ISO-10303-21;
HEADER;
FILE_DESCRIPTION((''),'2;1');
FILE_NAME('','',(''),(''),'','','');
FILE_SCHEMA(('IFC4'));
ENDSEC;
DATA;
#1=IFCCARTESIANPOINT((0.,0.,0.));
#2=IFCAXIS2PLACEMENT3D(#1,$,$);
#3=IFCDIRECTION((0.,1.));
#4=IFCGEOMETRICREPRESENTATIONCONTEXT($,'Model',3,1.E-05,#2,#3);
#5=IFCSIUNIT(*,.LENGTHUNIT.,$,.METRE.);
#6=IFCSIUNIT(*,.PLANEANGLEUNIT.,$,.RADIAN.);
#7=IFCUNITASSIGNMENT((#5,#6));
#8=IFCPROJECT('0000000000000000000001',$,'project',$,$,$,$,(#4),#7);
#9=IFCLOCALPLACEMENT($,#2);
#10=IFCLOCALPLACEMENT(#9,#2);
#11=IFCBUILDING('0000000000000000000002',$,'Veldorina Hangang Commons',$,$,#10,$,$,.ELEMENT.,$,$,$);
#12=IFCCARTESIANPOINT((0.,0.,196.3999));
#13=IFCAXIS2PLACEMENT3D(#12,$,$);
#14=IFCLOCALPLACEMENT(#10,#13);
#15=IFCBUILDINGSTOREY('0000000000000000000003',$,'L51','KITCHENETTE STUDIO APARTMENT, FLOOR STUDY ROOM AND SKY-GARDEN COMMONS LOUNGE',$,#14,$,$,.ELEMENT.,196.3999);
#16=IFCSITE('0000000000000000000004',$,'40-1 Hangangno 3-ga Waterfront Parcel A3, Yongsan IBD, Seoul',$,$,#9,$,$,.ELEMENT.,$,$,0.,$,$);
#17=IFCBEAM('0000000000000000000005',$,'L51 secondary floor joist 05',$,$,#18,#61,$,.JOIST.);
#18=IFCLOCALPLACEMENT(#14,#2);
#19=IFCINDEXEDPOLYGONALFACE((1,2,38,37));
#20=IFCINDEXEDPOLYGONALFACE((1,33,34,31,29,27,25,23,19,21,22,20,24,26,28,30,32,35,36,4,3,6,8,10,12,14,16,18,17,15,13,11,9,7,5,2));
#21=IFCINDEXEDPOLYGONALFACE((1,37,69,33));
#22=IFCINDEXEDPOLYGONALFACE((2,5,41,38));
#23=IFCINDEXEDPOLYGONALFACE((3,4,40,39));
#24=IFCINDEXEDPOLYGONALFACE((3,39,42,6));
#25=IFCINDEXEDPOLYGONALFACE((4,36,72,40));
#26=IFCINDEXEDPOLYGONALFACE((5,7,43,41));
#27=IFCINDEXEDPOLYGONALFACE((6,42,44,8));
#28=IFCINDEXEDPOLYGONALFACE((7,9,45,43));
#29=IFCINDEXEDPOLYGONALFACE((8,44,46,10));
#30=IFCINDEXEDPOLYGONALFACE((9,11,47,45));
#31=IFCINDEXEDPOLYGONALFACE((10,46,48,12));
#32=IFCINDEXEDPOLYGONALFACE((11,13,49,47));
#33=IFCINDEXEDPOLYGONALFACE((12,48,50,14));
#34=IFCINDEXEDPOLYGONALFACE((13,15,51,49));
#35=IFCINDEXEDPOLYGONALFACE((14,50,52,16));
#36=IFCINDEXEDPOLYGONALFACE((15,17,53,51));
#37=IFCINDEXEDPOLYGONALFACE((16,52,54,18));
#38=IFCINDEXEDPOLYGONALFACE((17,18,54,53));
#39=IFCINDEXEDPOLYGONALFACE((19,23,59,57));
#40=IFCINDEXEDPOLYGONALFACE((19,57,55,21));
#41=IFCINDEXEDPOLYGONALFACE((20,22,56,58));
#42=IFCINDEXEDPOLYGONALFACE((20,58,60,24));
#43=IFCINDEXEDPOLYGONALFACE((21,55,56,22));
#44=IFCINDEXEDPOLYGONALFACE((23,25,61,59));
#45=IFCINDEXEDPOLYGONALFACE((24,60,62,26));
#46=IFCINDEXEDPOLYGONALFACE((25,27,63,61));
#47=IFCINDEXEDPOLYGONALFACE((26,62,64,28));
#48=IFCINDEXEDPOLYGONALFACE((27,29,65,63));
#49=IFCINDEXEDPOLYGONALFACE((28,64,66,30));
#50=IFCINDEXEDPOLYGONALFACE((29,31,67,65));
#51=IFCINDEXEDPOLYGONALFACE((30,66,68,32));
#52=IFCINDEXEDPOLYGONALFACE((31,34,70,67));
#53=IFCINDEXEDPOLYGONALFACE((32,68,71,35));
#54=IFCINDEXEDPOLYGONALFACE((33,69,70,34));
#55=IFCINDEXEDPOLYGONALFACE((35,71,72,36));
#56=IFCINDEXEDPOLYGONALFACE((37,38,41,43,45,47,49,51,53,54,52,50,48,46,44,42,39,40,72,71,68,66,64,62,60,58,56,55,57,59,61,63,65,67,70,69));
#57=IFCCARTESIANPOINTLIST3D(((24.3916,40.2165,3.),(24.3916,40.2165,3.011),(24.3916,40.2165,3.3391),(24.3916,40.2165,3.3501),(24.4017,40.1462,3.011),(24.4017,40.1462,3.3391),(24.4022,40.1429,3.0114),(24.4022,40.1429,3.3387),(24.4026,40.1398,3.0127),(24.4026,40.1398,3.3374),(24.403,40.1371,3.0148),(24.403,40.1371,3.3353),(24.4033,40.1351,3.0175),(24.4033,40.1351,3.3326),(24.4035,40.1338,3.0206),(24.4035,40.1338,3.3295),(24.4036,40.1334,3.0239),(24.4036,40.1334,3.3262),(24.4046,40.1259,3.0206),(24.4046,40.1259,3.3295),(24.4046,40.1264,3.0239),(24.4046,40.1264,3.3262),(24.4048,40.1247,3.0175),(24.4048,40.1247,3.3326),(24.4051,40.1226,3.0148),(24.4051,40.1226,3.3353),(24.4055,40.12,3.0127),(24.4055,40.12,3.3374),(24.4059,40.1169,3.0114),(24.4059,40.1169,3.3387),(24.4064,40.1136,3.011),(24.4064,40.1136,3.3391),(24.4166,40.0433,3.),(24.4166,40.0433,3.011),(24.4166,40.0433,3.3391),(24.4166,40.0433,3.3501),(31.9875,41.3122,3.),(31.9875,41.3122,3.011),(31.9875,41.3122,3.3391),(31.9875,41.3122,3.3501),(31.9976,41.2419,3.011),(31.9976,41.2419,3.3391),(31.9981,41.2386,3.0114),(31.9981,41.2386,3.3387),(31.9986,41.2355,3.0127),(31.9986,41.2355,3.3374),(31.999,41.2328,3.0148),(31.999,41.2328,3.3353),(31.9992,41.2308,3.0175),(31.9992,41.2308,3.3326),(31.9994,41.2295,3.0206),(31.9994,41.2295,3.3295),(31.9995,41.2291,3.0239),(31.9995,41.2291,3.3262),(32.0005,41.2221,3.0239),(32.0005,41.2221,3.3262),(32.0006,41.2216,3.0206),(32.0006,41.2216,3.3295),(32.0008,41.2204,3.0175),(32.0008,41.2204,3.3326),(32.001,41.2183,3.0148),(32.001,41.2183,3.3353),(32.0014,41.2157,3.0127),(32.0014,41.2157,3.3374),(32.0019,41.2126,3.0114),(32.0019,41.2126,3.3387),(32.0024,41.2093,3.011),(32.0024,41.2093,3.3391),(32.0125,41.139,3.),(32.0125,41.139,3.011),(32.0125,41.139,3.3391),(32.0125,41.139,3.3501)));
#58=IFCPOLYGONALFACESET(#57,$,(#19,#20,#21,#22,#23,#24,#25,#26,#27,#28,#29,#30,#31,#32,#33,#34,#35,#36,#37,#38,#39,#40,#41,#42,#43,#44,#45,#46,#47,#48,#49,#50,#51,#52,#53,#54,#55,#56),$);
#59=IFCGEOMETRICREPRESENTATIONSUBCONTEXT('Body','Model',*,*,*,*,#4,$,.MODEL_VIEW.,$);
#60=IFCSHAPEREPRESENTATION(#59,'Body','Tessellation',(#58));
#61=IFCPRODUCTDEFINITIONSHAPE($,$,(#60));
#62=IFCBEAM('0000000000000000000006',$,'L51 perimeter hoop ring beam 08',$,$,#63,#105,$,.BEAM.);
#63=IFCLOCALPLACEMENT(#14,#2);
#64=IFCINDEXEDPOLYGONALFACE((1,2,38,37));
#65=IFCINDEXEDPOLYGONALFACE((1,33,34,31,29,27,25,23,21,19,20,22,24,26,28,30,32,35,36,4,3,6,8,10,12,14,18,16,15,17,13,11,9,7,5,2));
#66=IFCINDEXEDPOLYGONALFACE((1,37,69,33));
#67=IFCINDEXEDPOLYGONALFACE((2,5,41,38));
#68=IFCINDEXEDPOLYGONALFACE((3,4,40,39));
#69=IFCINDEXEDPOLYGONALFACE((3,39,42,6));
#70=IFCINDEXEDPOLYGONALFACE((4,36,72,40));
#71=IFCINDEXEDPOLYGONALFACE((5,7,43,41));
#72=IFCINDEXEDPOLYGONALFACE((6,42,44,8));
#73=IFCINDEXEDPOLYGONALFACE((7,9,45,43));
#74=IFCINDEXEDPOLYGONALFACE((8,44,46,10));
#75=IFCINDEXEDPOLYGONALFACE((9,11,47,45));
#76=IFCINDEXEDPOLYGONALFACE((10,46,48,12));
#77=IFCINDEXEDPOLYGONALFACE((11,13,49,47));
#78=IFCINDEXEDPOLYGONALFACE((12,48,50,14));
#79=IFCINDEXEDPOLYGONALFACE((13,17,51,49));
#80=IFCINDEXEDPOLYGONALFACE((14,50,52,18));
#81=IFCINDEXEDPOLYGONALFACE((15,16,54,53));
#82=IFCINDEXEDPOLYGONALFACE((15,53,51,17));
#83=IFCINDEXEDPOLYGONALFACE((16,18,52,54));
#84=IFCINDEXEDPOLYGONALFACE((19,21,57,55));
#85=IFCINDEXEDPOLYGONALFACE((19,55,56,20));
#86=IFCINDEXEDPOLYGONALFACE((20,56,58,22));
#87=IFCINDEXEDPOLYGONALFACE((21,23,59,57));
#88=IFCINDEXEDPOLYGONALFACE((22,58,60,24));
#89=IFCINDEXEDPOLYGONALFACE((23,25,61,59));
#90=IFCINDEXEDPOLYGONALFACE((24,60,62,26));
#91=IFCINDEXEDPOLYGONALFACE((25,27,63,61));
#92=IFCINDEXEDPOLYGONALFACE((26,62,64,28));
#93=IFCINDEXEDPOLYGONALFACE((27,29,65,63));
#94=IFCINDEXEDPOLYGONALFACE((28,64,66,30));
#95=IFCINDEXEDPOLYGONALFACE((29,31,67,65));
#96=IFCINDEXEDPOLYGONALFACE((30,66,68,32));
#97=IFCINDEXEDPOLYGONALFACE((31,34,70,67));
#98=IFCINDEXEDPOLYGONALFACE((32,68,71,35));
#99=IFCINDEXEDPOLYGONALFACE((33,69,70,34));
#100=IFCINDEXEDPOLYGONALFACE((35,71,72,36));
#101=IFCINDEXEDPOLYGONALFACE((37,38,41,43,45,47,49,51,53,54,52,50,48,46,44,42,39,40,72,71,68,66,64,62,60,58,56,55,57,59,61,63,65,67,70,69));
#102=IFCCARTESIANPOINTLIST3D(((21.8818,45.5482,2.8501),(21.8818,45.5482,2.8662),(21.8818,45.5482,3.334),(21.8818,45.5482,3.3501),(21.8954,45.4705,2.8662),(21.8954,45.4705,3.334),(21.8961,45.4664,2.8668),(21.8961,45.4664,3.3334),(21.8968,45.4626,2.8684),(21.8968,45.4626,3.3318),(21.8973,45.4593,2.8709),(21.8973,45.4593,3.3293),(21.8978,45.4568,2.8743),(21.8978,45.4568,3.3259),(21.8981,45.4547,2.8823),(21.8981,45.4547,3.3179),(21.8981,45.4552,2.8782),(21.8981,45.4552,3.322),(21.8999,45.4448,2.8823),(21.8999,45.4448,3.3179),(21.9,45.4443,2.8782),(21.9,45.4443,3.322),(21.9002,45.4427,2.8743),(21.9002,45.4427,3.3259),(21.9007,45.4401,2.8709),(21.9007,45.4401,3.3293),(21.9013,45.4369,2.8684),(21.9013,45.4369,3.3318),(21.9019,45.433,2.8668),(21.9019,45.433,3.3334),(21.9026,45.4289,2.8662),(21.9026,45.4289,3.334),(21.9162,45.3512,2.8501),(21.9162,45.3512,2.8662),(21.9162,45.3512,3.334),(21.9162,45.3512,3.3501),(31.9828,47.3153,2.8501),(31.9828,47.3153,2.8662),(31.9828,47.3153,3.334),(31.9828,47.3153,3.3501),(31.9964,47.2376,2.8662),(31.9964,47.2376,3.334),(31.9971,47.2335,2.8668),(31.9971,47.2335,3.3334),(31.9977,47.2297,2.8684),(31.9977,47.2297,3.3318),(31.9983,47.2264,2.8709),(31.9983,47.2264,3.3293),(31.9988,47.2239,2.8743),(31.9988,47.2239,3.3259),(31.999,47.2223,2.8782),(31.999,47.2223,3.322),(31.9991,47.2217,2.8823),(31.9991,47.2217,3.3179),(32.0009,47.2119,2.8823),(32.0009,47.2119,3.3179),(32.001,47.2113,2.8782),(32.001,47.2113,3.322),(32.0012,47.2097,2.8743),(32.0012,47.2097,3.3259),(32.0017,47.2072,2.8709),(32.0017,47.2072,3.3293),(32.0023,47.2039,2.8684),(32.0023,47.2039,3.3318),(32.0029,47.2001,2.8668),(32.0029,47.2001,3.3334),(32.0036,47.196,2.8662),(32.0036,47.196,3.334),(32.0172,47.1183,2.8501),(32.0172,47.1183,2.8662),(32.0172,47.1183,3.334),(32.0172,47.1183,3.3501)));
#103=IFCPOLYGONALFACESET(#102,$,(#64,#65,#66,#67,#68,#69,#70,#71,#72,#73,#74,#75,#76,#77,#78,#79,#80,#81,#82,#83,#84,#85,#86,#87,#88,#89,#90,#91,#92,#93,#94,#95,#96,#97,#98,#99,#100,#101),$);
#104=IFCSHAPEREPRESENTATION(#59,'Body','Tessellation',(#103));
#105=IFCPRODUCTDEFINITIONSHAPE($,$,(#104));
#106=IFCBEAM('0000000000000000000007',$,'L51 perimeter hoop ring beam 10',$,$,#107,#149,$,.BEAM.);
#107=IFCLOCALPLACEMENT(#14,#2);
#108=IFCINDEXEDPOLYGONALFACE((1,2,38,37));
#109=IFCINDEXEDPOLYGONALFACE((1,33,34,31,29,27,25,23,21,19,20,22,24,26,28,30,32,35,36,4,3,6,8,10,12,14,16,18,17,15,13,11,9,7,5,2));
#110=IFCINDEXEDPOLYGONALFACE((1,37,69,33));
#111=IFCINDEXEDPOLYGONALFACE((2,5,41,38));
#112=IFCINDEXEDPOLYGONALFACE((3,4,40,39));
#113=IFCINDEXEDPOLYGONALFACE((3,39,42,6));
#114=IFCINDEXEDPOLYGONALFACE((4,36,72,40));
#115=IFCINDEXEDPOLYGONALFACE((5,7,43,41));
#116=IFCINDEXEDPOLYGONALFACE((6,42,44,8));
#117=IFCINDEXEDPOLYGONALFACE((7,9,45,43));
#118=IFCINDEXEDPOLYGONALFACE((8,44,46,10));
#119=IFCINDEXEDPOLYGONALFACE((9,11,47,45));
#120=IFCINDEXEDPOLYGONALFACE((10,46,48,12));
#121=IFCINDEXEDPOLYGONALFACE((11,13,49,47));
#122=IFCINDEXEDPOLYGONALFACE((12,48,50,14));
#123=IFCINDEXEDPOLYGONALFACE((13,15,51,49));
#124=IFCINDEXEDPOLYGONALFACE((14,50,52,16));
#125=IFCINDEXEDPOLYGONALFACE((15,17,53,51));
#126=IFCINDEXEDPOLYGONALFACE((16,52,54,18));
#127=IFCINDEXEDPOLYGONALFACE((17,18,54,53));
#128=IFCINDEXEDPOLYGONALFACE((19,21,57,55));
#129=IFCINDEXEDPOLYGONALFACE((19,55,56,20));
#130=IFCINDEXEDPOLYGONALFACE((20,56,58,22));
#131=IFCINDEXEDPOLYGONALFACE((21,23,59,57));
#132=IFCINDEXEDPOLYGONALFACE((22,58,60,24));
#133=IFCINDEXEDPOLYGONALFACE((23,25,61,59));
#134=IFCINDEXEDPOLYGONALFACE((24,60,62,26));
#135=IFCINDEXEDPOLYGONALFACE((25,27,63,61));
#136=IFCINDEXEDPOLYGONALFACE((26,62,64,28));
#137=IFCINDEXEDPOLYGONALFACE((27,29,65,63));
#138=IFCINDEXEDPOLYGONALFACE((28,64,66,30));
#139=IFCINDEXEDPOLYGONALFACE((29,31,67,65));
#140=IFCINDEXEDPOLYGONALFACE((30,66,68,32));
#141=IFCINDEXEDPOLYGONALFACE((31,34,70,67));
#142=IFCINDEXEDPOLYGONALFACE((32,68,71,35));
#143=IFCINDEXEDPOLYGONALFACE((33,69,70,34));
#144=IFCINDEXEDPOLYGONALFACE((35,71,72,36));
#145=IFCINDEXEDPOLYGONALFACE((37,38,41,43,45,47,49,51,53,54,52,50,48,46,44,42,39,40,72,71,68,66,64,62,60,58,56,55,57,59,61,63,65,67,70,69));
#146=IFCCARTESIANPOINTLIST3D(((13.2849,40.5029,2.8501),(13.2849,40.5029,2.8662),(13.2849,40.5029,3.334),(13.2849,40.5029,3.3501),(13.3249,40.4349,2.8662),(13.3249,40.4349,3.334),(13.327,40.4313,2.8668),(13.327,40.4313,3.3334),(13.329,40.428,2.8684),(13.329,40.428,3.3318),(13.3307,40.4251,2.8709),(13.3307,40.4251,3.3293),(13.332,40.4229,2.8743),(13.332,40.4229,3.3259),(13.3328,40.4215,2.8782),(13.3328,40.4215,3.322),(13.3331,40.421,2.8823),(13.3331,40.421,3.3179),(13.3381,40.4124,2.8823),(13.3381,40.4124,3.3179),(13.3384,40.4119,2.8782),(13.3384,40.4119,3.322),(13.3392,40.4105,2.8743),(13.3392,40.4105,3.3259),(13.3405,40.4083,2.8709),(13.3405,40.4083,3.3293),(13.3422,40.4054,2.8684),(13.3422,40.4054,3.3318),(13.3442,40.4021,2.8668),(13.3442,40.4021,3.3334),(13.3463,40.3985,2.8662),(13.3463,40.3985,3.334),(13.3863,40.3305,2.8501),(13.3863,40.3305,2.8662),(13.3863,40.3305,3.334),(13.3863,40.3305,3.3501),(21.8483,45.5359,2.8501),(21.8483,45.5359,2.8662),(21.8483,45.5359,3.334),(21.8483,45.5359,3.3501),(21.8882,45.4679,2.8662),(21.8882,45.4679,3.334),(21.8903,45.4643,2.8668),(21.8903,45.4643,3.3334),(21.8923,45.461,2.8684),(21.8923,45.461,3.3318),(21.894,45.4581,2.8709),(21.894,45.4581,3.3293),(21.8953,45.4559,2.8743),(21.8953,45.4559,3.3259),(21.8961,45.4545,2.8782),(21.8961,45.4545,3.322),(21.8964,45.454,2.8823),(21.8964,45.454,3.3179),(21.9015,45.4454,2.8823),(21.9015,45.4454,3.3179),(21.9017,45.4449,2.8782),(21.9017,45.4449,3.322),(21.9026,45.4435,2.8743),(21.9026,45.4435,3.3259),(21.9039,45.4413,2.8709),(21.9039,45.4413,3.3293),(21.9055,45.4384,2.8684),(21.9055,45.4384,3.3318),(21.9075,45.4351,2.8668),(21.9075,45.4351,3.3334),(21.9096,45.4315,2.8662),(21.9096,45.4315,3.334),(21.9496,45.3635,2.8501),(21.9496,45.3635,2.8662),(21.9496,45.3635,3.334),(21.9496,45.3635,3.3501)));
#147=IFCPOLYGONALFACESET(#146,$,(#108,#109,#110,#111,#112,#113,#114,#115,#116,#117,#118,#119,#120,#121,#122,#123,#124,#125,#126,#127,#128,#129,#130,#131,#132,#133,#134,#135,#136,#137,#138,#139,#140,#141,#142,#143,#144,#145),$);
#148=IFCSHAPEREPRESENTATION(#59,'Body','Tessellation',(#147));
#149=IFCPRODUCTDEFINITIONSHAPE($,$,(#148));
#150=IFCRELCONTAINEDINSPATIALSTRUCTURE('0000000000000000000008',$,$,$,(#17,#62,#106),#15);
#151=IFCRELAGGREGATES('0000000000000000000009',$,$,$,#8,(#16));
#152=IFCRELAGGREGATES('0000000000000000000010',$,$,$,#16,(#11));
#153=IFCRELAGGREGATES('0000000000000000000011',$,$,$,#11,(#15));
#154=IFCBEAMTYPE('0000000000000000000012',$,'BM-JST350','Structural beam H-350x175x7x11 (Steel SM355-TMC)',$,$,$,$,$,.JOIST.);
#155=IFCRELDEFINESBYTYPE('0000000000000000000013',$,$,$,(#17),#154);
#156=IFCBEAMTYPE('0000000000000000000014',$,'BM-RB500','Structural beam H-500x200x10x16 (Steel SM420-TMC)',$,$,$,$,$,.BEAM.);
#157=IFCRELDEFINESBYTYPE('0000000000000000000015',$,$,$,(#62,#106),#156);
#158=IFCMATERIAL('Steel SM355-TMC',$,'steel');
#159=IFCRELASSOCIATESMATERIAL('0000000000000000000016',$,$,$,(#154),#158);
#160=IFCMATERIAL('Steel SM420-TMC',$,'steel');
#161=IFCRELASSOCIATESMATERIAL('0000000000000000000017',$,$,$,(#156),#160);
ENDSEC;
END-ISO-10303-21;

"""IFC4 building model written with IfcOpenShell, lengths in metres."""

from ifc_helpers import new_model, si_unit, direction, frame, origin, origin_2d, place, context, subcontext, project, spatial, i_section, extrude, material, material_profile, profile_set, type_object, element, save


model = new_model("IFC4")

# Units and contexts
model_context = context("Model", 3, precision=1e-05, world=origin(), true_north=direction((0.0, 1.0)))
body_context = subcontext(model_context, "Body", "Model", "MODEL_VIEW")
ifc_project = project(units=[si_unit("LENGTHUNIT", "METRE"), si_unit("PLANEANGLEUNIT", "RADIAN")], contexts=[model_context])

# Site, building, storey
site_placement = place(None, origin())
site = spatial("IfcSite", under=ifc_project, at=site_placement, Name="40-1 Hangangno 3-ga Waterfront Parcel A3, Yongsan IBD, Seoul", CompositionType="ELEMENT", RefElevation=0.0)
building_placement = place(site_placement, origin())
building = spatial("IfcBuilding", under=site, at=building_placement, Name="Veldorina Hangang Commons", CompositionType="ELEMENT")
storey_placement = place(building_placement, frame((0.0, 0.0, 196.3999)))
storey = spatial("IfcBuildingStorey", under=building, at=storey_placement, Name="L51", Description="KITCHENETTE STUDIO APARTMENT, FLOOR STUDY ROOM AND SKY-GARDEN COMMONS LOUNGE", CompositionType="ELEMENT", Elevation=196.3999)

# Beams
ifc_material_1 = material(Name="Steel SM355-TMC", Category="steel")
ifc_material_profile_1 = material_profile(ifc_material_1, i_section(OverallWidth=0.175, OverallDepth=0.3501, WebThickness=0.0071, FlangeThickness=0.011, FilletRadius=0.0129, at=origin_2d()), Name="H-350x175x7x11")
ifc_profile_set_1 = profile_set([ifc_material_profile_1], Name="Steel SM355-TMC")
beam_type_1 = type_object("IfcBeamType", Name="BM-JST350", Description="Structural beam H-350x175x7x11 (Steel SM355-TMC)", PredefinedType="JOIST", material=ifc_profile_set_1)
beam_1_placement = place(storey_placement, frame((32.0, 41.2256, 3.175), z_axis=(-0.989756, -0.142771, 0.0), x_axis=(0.142771, -0.989756, 0.0)))
element("IfcBeam", 1, at=beam_1_placement, inside=storey, type_object=beam_type_1, Name="L51 secondary floor joist 05", PredefinedType="JOIST", context=body_context, shape_type="SweptSolid", body=[
    extrude(i_section(OverallWidth=0.175, OverallDepth=0.3501, WebThickness=0.0071, FlangeThickness=0.011, FilletRadius=0.0129, at=origin_2d()), origin(), (0.0, 0.0, 1.0), 7.6746),
])
ifc_material_2 = material(Name="Steel SM420-TMC", Category="steel")
ifc_material_profile_2 = material_profile(ifc_material_2, i_section(OverallWidth=0.2, OverallDepth=0.5, WebThickness=0.01, FlangeThickness=0.0161, FilletRadius=0.0161, at=origin_2d()), Name="H-500x200x10x16")
ifc_profile_set_2 = profile_set([ifc_material_profile_2], Name="Steel SM420-TMC")
beam_type_2 = type_object("IfcBeamType", Name="BM-RB500", Description="Structural beam H-500x200x10x16 (Steel SM420-TMC)", PredefinedType="BEAM", material=ifc_profile_set_2)
beam_2_placement = place(storey_placement, frame((32.0, 47.2168, 3.1001), z_axis=(-0.98504, -0.172324, 0.0), x_axis=(0.172324, -0.98504, 0.0)))
element("IfcBeam", 2, at=beam_2_placement, inside=storey, type_object=beam_type_2, Name="L51 perimeter hoop ring beam 08", PredefinedType="BEAM", context=body_context, shape_type="SweptSolid", body=[
    extrude(i_section(OverallWidth=0.2, OverallDepth=0.5, WebThickness=0.01, FlangeThickness=0.0161, FilletRadius=0.0161, at=origin_2d()), origin(), (0.0, 0.0, 1.0), 10.2544),
])
beam_3_placement = place(storey_placement, frame((21.8989, 45.4497, 3.1001), z_axis=(-0.862121, -0.506703, 0.0), x_axis=(0.506703, -0.862121, 0.0)))
element("IfcBeam", 3, at=beam_3_placement, inside=storey, type_object=beam_type_2, Name="L51 perimeter hoop ring beam 10", PredefinedType="BEAM", context=body_context, shape_type="SweptSolid", body=[
    extrude(i_section(OverallWidth=0.2, OverallDepth=0.5, WebThickness=0.01, FlangeThickness=0.0161, FilletRadius=0.0161, at=origin_2d()), origin(), (0.0, 0.0, 1.0), 9.9329),
])

save(model, "model.ifc")
